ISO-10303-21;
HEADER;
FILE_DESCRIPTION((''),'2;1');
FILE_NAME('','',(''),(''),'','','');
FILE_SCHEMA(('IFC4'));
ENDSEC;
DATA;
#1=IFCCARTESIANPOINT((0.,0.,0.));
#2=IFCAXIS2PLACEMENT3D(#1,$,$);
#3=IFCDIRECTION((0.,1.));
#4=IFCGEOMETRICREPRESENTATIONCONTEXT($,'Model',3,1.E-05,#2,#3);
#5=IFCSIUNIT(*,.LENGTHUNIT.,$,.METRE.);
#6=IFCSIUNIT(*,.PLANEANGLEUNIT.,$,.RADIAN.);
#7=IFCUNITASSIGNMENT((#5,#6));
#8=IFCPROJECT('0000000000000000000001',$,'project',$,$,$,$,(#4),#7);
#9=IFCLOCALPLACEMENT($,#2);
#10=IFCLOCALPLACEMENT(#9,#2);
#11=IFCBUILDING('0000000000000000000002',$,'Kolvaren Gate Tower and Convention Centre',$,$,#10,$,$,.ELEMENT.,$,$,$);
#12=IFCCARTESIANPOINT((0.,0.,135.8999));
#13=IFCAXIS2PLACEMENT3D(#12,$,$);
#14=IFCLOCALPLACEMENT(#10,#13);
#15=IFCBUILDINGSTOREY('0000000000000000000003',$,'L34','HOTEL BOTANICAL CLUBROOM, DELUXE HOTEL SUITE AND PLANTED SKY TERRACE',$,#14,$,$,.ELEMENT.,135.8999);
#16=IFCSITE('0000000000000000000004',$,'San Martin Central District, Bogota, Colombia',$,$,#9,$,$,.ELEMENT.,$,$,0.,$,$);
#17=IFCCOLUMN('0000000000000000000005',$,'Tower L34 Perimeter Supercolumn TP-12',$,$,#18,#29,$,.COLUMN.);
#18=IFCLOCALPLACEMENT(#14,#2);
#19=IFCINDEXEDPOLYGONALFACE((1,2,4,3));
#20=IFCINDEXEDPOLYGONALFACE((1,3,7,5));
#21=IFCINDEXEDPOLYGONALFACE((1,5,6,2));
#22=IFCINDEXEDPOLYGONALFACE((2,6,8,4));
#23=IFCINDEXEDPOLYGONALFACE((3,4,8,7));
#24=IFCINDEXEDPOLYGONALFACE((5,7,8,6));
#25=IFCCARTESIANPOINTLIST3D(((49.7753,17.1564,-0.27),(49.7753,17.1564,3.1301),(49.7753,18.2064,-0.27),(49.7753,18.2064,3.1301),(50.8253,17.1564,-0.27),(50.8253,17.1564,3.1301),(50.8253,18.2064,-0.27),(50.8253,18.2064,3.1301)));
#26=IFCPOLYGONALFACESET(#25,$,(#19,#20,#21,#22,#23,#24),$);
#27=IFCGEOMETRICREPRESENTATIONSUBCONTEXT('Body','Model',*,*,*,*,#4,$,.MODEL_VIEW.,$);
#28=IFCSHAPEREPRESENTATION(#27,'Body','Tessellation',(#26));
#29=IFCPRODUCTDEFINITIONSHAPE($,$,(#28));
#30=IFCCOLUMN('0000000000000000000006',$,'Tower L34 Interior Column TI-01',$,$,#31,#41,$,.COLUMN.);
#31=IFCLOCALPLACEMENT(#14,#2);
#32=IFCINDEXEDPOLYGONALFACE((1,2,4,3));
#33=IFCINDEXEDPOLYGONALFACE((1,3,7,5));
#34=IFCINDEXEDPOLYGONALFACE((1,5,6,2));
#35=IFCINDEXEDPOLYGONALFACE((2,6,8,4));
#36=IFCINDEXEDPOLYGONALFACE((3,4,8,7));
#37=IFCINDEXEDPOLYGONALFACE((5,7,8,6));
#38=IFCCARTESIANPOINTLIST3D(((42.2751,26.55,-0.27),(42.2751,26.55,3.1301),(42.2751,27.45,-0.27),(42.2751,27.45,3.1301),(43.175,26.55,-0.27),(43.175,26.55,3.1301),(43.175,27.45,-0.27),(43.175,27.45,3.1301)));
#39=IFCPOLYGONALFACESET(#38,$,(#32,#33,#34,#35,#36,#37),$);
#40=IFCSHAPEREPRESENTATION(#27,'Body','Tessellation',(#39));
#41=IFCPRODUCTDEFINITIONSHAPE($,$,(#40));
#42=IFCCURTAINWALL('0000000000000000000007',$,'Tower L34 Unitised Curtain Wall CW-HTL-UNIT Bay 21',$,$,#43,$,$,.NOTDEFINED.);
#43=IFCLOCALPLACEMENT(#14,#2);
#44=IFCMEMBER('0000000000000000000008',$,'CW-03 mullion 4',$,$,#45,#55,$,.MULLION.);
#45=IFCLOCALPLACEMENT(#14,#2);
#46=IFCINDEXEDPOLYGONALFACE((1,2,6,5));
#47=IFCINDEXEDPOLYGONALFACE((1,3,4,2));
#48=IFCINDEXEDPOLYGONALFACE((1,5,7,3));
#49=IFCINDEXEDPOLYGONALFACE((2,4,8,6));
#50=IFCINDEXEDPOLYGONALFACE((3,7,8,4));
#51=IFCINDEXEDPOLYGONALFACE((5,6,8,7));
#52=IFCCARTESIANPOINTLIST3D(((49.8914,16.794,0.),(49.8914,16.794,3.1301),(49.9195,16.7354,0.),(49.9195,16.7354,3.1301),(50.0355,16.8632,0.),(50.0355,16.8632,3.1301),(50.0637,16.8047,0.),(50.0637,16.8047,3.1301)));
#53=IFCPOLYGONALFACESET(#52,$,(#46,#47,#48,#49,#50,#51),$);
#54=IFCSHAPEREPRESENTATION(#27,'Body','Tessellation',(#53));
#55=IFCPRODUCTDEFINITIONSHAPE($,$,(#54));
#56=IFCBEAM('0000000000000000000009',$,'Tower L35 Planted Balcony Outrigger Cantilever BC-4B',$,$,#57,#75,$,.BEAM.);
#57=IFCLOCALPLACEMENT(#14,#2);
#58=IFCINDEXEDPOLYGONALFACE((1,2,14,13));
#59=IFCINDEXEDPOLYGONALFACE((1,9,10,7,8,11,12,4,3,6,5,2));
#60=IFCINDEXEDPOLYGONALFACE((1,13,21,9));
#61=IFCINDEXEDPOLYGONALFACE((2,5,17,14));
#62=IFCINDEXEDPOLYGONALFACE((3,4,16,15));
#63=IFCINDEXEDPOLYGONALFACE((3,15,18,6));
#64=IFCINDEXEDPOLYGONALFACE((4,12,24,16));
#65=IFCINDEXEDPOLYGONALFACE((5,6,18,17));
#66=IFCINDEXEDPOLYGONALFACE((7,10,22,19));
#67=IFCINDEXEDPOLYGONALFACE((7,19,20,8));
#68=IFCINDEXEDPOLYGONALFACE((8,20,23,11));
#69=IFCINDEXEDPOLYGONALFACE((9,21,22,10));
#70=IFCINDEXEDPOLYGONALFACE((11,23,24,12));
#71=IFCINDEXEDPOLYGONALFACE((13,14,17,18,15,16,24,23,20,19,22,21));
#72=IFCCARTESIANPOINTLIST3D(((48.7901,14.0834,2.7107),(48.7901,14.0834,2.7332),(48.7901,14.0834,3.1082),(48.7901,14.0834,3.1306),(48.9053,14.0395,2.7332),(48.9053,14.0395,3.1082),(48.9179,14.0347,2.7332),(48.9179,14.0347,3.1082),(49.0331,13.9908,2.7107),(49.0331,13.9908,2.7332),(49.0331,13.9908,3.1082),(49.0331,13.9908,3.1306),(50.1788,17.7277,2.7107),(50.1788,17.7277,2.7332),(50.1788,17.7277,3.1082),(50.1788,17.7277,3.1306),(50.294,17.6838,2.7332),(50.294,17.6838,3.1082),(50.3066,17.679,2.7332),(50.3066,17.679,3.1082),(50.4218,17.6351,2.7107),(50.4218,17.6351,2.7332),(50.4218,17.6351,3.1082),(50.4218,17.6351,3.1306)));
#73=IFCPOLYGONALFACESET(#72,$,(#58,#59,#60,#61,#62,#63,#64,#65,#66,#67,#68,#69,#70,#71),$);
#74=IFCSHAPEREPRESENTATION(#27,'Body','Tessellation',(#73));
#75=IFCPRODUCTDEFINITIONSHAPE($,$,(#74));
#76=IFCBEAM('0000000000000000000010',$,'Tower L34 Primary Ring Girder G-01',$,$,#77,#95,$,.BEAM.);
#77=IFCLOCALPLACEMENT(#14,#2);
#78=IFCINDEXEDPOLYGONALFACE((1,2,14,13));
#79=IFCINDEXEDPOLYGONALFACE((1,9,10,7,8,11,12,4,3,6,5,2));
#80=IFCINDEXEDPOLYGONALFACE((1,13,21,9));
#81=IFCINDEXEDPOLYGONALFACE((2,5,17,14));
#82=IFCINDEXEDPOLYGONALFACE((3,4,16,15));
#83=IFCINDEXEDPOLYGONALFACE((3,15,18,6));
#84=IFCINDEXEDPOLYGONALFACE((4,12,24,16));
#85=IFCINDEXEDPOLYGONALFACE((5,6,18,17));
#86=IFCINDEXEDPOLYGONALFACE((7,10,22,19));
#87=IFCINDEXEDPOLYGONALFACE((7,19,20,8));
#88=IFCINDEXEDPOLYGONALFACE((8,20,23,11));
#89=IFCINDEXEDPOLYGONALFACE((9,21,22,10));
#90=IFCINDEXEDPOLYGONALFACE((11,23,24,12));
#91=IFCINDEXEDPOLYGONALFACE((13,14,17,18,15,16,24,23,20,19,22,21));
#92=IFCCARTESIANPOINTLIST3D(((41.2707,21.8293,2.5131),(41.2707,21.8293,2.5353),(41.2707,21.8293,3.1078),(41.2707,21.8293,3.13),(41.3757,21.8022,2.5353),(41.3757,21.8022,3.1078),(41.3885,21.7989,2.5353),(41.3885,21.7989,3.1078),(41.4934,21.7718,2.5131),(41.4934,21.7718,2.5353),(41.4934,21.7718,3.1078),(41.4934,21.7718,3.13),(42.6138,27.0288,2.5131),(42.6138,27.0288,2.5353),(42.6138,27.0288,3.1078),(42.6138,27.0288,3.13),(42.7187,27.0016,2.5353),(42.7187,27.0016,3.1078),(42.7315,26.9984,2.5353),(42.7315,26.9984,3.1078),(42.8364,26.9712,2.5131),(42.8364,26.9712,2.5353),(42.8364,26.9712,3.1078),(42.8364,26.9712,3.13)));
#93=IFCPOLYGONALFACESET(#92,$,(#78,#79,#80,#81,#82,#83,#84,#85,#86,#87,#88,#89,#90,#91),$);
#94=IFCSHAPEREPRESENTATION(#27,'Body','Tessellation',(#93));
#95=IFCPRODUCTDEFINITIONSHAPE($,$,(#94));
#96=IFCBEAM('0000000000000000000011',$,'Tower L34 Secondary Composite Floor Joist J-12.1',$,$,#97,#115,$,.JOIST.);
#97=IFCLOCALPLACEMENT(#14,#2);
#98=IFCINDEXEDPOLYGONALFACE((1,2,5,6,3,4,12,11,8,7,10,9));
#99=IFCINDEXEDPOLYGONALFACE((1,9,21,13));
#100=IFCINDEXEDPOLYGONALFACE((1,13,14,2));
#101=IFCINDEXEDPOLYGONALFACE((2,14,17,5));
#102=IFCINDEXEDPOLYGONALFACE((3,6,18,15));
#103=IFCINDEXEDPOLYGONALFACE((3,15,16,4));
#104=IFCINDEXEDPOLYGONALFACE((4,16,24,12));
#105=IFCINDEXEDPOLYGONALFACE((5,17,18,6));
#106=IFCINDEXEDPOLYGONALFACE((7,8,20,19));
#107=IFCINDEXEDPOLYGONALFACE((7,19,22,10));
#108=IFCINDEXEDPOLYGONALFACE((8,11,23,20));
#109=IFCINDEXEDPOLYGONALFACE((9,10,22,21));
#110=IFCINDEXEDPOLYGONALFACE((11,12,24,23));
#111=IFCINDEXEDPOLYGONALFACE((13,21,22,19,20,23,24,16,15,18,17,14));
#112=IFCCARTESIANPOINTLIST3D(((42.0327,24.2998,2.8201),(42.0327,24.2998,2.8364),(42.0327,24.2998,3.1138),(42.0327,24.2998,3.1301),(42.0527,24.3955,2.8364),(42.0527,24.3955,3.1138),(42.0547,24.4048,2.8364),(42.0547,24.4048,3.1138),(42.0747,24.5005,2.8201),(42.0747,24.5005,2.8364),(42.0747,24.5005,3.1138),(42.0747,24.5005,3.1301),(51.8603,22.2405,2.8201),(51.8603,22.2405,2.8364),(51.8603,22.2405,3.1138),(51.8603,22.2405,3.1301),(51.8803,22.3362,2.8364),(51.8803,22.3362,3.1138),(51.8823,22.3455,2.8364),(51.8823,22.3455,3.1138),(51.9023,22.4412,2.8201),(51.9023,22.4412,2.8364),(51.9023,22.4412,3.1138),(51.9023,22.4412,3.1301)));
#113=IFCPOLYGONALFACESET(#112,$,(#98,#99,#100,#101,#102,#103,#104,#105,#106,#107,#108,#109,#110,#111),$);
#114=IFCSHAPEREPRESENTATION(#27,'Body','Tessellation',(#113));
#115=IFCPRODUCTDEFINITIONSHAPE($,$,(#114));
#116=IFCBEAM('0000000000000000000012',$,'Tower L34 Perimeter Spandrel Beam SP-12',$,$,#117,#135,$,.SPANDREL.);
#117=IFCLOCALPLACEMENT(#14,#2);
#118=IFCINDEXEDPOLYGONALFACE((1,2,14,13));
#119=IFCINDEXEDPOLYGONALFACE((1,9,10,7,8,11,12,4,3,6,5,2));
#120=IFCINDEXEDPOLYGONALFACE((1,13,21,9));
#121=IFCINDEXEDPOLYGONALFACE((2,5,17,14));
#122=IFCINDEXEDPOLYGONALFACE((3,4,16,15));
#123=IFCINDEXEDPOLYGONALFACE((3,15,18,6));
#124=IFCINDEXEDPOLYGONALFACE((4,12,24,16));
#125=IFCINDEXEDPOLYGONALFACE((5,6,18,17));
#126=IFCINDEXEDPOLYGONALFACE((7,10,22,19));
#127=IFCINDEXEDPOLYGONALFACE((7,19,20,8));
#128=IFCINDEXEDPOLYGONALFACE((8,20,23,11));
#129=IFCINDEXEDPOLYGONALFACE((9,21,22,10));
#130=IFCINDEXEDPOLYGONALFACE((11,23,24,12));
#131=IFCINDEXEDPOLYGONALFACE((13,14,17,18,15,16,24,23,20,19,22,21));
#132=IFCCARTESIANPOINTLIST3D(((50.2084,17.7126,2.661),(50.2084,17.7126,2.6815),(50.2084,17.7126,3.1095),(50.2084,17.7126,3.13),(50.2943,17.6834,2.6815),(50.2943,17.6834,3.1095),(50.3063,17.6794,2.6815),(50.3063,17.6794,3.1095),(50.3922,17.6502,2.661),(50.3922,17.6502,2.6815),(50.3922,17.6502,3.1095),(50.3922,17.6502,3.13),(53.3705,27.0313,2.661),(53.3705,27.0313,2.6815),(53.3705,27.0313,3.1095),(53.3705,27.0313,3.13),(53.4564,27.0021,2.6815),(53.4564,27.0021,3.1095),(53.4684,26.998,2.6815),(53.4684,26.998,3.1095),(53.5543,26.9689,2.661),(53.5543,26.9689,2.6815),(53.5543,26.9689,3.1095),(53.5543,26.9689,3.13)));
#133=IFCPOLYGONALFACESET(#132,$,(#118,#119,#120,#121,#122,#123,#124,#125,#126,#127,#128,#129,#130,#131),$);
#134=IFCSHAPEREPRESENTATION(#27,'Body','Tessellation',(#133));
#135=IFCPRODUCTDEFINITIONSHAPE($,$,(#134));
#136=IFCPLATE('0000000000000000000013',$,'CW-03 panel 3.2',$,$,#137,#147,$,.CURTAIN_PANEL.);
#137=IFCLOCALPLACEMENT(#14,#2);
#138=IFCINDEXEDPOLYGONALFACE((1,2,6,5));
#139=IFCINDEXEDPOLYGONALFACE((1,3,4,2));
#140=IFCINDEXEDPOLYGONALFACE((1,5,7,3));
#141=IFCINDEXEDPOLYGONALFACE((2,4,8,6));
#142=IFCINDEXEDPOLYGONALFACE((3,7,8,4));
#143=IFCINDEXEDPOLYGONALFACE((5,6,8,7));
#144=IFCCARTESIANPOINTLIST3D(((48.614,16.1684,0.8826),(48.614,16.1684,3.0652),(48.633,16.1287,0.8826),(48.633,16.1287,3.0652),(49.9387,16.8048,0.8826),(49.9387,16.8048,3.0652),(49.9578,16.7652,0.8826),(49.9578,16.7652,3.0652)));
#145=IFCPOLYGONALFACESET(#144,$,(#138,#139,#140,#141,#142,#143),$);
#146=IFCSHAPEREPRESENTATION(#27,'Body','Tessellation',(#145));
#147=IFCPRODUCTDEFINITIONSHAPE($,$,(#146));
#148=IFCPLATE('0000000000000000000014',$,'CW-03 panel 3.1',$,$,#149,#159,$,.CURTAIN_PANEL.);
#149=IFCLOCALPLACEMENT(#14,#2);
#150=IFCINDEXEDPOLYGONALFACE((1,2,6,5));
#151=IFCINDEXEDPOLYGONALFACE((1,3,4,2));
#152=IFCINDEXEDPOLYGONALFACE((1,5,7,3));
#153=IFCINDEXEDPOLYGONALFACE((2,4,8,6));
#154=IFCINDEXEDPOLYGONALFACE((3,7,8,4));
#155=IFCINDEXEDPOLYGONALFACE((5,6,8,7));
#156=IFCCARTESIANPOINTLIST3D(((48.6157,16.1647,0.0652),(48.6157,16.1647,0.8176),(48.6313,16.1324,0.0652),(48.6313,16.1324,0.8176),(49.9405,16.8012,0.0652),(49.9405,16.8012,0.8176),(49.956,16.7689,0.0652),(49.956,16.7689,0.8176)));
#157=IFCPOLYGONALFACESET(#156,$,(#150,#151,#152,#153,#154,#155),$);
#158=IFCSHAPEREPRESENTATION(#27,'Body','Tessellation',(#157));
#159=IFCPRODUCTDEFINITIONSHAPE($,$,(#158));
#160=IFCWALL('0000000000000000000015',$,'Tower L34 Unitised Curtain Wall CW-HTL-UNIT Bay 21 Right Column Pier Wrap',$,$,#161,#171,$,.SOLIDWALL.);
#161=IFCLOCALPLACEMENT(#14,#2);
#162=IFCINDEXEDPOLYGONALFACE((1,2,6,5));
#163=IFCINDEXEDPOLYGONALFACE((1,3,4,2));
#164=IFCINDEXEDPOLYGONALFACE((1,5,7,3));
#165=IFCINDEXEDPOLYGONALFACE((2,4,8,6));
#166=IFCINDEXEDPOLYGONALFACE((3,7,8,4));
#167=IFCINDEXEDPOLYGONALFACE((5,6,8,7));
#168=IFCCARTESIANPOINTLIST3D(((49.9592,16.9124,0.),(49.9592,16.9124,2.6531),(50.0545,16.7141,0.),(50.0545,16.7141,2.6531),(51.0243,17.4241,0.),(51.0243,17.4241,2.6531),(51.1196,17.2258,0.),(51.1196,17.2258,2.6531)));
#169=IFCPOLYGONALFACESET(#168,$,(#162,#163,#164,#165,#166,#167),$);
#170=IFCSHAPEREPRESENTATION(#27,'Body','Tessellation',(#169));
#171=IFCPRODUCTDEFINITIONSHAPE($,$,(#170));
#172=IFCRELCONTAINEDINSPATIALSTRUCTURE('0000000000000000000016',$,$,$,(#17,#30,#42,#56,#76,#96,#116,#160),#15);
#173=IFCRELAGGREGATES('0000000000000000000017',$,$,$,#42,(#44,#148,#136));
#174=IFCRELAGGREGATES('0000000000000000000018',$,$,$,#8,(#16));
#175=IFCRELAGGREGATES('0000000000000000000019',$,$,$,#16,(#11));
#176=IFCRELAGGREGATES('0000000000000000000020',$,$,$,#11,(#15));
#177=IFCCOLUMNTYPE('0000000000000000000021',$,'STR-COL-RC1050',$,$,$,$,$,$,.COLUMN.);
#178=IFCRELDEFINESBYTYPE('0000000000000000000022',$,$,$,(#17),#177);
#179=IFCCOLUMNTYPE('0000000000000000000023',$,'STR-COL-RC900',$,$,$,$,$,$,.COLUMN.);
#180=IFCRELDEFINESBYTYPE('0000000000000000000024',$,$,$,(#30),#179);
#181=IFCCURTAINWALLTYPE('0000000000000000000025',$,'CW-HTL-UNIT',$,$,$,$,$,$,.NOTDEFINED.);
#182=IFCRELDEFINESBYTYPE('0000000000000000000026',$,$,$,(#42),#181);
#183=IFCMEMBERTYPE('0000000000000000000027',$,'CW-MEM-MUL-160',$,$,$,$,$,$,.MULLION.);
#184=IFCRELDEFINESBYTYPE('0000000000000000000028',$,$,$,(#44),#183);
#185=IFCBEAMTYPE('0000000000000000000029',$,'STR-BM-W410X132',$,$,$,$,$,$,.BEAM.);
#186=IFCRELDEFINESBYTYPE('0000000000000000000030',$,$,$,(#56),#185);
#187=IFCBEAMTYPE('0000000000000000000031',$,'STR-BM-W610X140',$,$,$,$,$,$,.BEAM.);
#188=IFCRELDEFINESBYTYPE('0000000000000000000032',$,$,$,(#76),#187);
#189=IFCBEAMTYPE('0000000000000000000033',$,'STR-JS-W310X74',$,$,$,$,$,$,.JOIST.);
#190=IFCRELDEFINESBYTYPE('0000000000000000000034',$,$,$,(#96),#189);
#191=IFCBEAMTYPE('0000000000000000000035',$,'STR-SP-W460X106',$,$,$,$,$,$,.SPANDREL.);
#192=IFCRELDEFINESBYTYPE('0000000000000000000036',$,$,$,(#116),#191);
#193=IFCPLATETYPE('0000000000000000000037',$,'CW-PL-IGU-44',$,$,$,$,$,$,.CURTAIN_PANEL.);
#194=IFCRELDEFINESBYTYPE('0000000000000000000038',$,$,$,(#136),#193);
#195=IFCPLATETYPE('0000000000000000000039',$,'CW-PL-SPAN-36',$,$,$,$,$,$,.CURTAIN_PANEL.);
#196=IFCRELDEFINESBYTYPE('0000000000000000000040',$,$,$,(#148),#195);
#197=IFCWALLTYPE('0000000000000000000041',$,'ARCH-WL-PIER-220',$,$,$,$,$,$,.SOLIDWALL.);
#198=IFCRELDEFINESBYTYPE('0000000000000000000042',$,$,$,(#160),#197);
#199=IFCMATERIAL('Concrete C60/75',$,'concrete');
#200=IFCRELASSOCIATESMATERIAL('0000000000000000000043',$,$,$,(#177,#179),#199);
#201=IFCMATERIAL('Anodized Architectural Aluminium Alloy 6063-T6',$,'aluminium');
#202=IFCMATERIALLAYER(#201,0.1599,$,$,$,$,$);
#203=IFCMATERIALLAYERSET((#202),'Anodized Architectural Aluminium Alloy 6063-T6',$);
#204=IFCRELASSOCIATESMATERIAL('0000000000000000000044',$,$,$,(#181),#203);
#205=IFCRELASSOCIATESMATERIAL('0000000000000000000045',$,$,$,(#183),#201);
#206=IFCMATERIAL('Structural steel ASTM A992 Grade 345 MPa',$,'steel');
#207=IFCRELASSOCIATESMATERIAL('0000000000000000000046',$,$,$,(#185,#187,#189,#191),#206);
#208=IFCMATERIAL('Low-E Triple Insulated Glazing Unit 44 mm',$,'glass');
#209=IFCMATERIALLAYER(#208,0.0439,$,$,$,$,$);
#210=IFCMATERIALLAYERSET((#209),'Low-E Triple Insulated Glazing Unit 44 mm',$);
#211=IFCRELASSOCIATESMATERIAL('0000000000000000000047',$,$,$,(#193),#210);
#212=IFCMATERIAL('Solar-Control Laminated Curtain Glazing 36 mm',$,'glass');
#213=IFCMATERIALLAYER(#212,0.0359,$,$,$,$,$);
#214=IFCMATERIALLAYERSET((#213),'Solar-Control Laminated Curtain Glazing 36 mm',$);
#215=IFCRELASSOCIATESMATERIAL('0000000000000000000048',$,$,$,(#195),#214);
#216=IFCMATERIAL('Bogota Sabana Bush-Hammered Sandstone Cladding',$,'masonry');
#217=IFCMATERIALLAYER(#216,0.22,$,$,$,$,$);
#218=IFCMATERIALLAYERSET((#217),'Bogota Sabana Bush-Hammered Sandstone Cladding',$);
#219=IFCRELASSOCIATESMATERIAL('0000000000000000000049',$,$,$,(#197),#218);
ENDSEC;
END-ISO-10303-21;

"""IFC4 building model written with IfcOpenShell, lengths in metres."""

from ifc_helpers import new_model, si_unit, direction, frame, frame_2d, origin, origin_2d, place, context, subcontext, project, spatial, rectangle, i_section, extrude, material, layer, layer_set, material_profile, profile_set, type_object, element, aggregate, save


model = new_model("IFC4")

# Units and contexts
model_context = context("Model", 3, precision=1e-05, world=origin(), true_north=direction((0.0, 1.0)))
body_context = subcontext(model_context, "Body", "Model", "MODEL_VIEW")
ifc_project = project(units=[si_unit("LENGTHUNIT", "METRE"), si_unit("PLANEANGLEUNIT", "RADIAN")], contexts=[model_context])

# Site, building, storey
site_placement = place(None, origin())
site = spatial("IfcSite", under=ifc_project, at=site_placement, Name="San Martin Central District, Bogota, Colombia", CompositionType="ELEMENT", RefElevation=0.0)
building_placement = place(site_placement, origin())
building = spatial("IfcBuilding", under=site, at=building_placement, Name="Kolvaren Gate Tower and Convention Centre", CompositionType="ELEMENT")
storey_placement = place(building_placement, frame((0.0, 0.0, 135.8999)))
storey = spatial("IfcBuildingStorey", under=building, at=storey_placement, Name="L34", Description="HOTEL BOTANICAL CLUBROOM, DELUXE HOTEL SUITE AND PLANTED SKY TERRACE", CompositionType="ELEMENT", Elevation=135.8999)

# Columns
ifc_material_1 = material(Name="Concrete C60/75", Category="concrete")
ifc_material_profile_1 = material_profile(ifc_material_1, rectangle(XDim=1.05, YDim=1.05, at=origin_2d()), Name="RC-COL-1050X1050")
ifc_profile_set_1 = profile_set([ifc_material_profile_1], Name="Concrete C60/75")
column_type_1 = type_object("IfcColumnType", Name="STR-COL-RC1050", PredefinedType="COLUMN", material=ifc_profile_set_1)
column_1_placement = place(storey_placement, frame((50.3003, 17.6814, -0.27), z_axis=(0.0, 0.0, 1.0), x_axis=(1.0, 0.0, 0.0)))
element("IfcColumn", 1, at=column_1_placement, inside=storey, type_object=column_type_1, Name="Tower L34 Perimeter Supercolumn TP-12", PredefinedType="COLUMN", context=body_context, shape_type="SweptSolid", body=[
    extrude(rectangle(XDim=1.05, YDim=1.05, at=origin_2d()), origin(), (0.0, 0.0, 1.0), 3.4001),
])
ifc_material_profile_2 = material_profile(ifc_material_1, rectangle(XDim=0.8999, YDim=0.8999, at=origin_2d()), Name="RC-COL-900X900")
ifc_profile_set_2 = profile_set([ifc_material_profile_2], Name="Concrete C60/75")
column_type_2 = type_object("IfcColumnType", Name="STR-COL-RC900", PredefinedType="COLUMN", material=ifc_profile_set_2)
column_2_placement = place(storey_placement, frame((42.7251, 27.0, -0.27), z_axis=(0.0, 0.0, 1.0), x_axis=(1.0, 0.0, 0.0)))
element("IfcColumn", 2, at=column_2_placement, inside=storey, type_object=column_type_2, Name="Tower L34 Interior Column TI-01", PredefinedType="COLUMN", context=body_context, shape_type="SweptSolid", body=[
    extrude(rectangle(XDim=0.8999, YDim=0.8999, at=origin_2d()), origin(), (0.0, 0.0, 1.0), 3.4001),
])

# Curtain wall, member
ifc_material_2 = material(Name="Anodized Architectural Aluminium Alloy 6063-T6", Category="aluminium")
ifc_layer_1 = layer(ifc_material_2, 0.1599)
ifc_layer_set_1 = layer_set([ifc_layer_1], Name="Anodized Architectural Aluminium Alloy 6063-T6")
curtain_wall_type = type_object("IfcCurtainWallType", Name="CW-HTL-UNIT", PredefinedType="NOTDEFINED", material=ifc_layer_set_1)
curtain_wall_placement = place(storey_placement, origin())
curtain_wall = element("IfcCurtainWall", 3, at=curtain_wall_placement, inside=storey, type_object=curtain_wall_type, Name="Tower L34 Unitised Curtain Wall CW-HTL-UNIT Bay 21", PredefinedType="NOTDEFINED")
ifc_material_profile_3 = material_profile(ifc_material_2, rectangle(XDim=0.0649, YDim=0.1599, at=origin_2d()), Name="CW-MEM-MUL-160")
ifc_profile_set_3 = profile_set([ifc_material_profile_3], Name="Anodized Architectural Aluminium Alloy 6063-T6")
member_type = type_object("IfcMemberType", Name="CW-MEM-MUL-160", PredefinedType="MULLION", material=ifc_profile_set_3)
member_placement = place(storey_placement, frame((49.9775, 16.7993, 0.0), z_axis=(0.0, 0.0, 1.0), x_axis=(-0.433071, 0.90136, 0.0)))
member = element("IfcMember", 4, at=member_placement, type_object=member_type, Name="CW-03 mullion 4", PredefinedType="MULLION", context=body_context, shape_type="SweptSolid", body=[
    extrude(rectangle(XDim=0.0649, YDim=0.1599, at=origin_2d()), origin(), (0.0, 0.0, 1.0), 3.1301),
])

# Beams
ifc_material_3 = material(Name="Structural steel ASTM A992 Grade 345 MPa", Category="steel")
ifc_material_profile_4 = material_profile(ifc_material_3, i_section(OverallWidth=0.26, OverallDepth=0.4199, WebThickness=0.0134, FlangeThickness=0.0225, at=origin_2d()), Name="W410X132")
ifc_profile_set_4 = profile_set([ifc_material_profile_4], Name="Structural steel ASTM A992 Grade 345 MPa")
beam_type_1 = type_object("IfcBeamType", Name="STR-BM-W410X132", PredefinedType="BEAM", material=ifc_profile_set_4)
beam_1_placement = place(storey_placement, frame((50.3003, 17.6814, 2.9207), z_axis=(-0.356079, -0.934456, 0.0), x_axis=(0.934456, -0.356079, 0.0)))
element("IfcBeam", 5, at=beam_1_placement, inside=storey, type_object=beam_type_1, Name="Tower L35 Planted Balcony Outrigger Cantilever BC-4B", PredefinedType="BEAM", context=body_context, shape_type="SweptSolid", body=[
    extrude(i_section(OverallWidth=0.26, OverallDepth=0.4199, WebThickness=0.0134, FlangeThickness=0.0225, at=origin_2d()), origin(), (0.0, 0.0, 1.0), 3.8999),
])
ifc_material_profile_5 = material_profile(ifc_material_3, i_section(OverallWidth=0.23, OverallDepth=0.6169, WebThickness=0.0132, FlangeThickness=0.0222, at=origin_2d()), Name="W610X140")
ifc_profile_set_5 = profile_set([ifc_material_profile_5], Name="Structural steel ASTM A992 Grade 345 MPa")
beam_type_2 = type_object("IfcBeamType", Name="STR-BM-W610X140", PredefinedType="BEAM", material=ifc_profile_set_5)
beam_2_placement = place(storey_placement, frame((42.7251, 27.0, 2.8215), z_axis=(-0.250091, -0.968222, 0.0), x_axis=(0.968222, -0.250091, 0.0)))
element("IfcBeam", 6, at=beam_2_placement, inside=storey, type_object=beam_type_2, Name="Tower L34 Primary Ring Girder G-01", PredefinedType="BEAM", context=body_context, shape_type="SweptSolid", body=[
    extrude(i_section(OverallWidth=0.23, OverallDepth=0.6169, WebThickness=0.0132, FlangeThickness=0.0222, at=origin_2d()), origin(), (0.0, 0.0, 1.0), 5.3701),
])
ifc_material_profile_6 = material_profile(ifc_material_3, i_section(OverallWidth=0.2051, OverallDepth=0.3101, WebThickness=0.0095, FlangeThickness=0.0164, at=origin_2d()), Name="W310X74")
ifc_profile_set_6 = profile_set([ifc_material_profile_6], Name="Structural steel ASTM A992 Grade 345 MPa")
beam_type_3 = type_object("IfcBeamType", Name="STR-JS-W310X74", PredefinedType="JOIST", material=ifc_profile_set_6)
beam_3_placement = place(storey_placement, frame((42.0537, 24.4001, 2.9751), z_axis=(0.978743, -0.20509, 0.0), x_axis=(0.20509, 0.978743, 0.0)))
element("IfcBeam", 7, at=beam_3_placement, inside=storey, type_object=beam_type_3, Name="Tower L34 Secondary Composite Floor Joist J-12.1", PredefinedType="JOIST", context=body_context, shape_type="SweptSolid", body=[
    extrude(i_section(OverallWidth=0.2051, OverallDepth=0.3101, WebThickness=0.0095, FlangeThickness=0.0164, at=origin_2d()), origin(), (0.0, 0.0, 1.0), 10.041),
])
ifc_material_profile_7 = material_profile(ifc_material_3, i_section(OverallWidth=0.1941, OverallDepth=0.469, WebThickness=0.0127, FlangeThickness=0.0205, at=origin_2d()), Name="W460X106")
ifc_profile_set_7 = profile_set([ifc_material_profile_7], Name="Structural steel ASTM A992 Grade 345 MPa")
beam_type_4 = type_object("IfcBeamType", Name="STR-SP-W460X106", PredefinedType="SPANDREL", material=ifc_profile_set_7)
beam_4_placement = place(storey_placement, frame((50.3003, 17.6814, 2.8955), z_axis=(0.321336, 0.946965, 0.0), x_axis=(-0.946965, 0.321336, 0.0)))
element("IfcBeam", 8, at=beam_4_placement, inside=storey, type_object=beam_type_4, Name="Tower L34 Perimeter Spandrel Beam SP-12", PredefinedType="SPANDREL", context=body_context, shape_type="SweptSolid", body=[
    extrude(i_section(OverallWidth=0.1941, OverallDepth=0.469, WebThickness=0.0127, FlangeThickness=0.0205, at=origin_2d()), origin(), (0.0, 0.0, 1.0), 9.8406),
])

# Plates
ifc_material_4 = material(Name="Low-E Triple Insulated Glazing Unit 44 mm", Category="glass")
ifc_layer_2 = layer(ifc_material_4, 0.0439)
ifc_layer_set_2 = layer_set([ifc_layer_2], Name="Low-E Triple Insulated Glazing Unit 44 mm")
plate_type_1 = type_object("IfcPlateType", Name="CW-PL-IGU-44", PredefinedType="CURTAIN_PANEL", material=ifc_layer_set_2)
plate_1_placement = place(storey_placement, frame((49.2859, 16.4668, 0.8826), z_axis=(0.0, 0.0, 1.0), x_axis=(0.90136, 0.433071, 0.0)))
plate_1 = element("IfcPlate", 9, at=plate_1_placement, type_object=plate_type_1, Name="CW-03 panel 3.2", PredefinedType="CURTAIN_PANEL", context=body_context, shape_type="SweptSolid", body=[
    extrude(rectangle(XDim=1.4697, YDim=0.0439, at=origin_2d()), origin(), (0.0, 0.0, 1.0), 2.1826),
])
ifc_material_5 = material(Name="Solar-Control Laminated Curtain Glazing 36 mm", Category="glass")
ifc_layer_3 = layer(ifc_material_5, 0.0359)
ifc_layer_set_3 = layer_set([ifc_layer_3], Name="Solar-Control Laminated Curtain Glazing 36 mm")
plate_type_2 = type_object("IfcPlateType", Name="CW-PL-SPAN-36", PredefinedType="CURTAIN_PANEL", material=ifc_layer_set_3)
plate_2_placement = place(storey_placement, frame((49.2859, 16.4668, 0.0652), z_axis=(0.0, 0.0, 1.0), x_axis=(0.90136, 0.433071, 0.0)))
plate_2 = element("IfcPlate", 10, at=plate_2_placement, type_object=plate_type_2, Name="CW-03 panel 3.1", PredefinedType="CURTAIN_PANEL", context=body_context, shape_type="SweptSolid", body=[
    extrude(rectangle(XDim=1.4697, YDim=0.0359, at=origin_2d()), origin(), (0.0, 0.0, 1.0), 0.7524),
])
aggregate(curtain_wall, [member, plate_2, plate_1])

# Wall
ifc_material_6 = material(Name="Bogota Sabana Bush-Hammered Sandstone Cladding", Category="masonry")
ifc_layer_4 = layer(ifc_material_6, 0.22)
ifc_layer_set_4 = layer_set([ifc_layer_4], Name="Bogota Sabana Bush-Hammered Sandstone Cladding")
wall_type_1 = type_object("IfcWallType", Name="ARCH-WL-PIER-220", PredefinedType="SOLIDWALL", material=ifc_layer_set_4)
wall_1_placement = place(storey_placement, frame((50.0068, 16.8132, 0.0), z_axis=(0.0, 0.0, 1.0), x_axis=(0.901381, 0.433027, 0.0)))
element("IfcWall", 11, at=wall_1_placement, inside=storey, type_object=wall_type_1, Name="Tower L34 Unitised Curtain Wall CW-HTL-UNIT Bay 21 Right Column Pier Wrap", PredefinedType="SOLIDWALL", context=body_context, shape_type="SweptSolid", body=[
    extrude(rectangle(XDim=1.1816, YDim=0.22, at=frame_2d((0.5908, 0.0))), origin(), (0.0, 0.0, 1.0), 2.6531),
])

save(model, "model.ifc")
